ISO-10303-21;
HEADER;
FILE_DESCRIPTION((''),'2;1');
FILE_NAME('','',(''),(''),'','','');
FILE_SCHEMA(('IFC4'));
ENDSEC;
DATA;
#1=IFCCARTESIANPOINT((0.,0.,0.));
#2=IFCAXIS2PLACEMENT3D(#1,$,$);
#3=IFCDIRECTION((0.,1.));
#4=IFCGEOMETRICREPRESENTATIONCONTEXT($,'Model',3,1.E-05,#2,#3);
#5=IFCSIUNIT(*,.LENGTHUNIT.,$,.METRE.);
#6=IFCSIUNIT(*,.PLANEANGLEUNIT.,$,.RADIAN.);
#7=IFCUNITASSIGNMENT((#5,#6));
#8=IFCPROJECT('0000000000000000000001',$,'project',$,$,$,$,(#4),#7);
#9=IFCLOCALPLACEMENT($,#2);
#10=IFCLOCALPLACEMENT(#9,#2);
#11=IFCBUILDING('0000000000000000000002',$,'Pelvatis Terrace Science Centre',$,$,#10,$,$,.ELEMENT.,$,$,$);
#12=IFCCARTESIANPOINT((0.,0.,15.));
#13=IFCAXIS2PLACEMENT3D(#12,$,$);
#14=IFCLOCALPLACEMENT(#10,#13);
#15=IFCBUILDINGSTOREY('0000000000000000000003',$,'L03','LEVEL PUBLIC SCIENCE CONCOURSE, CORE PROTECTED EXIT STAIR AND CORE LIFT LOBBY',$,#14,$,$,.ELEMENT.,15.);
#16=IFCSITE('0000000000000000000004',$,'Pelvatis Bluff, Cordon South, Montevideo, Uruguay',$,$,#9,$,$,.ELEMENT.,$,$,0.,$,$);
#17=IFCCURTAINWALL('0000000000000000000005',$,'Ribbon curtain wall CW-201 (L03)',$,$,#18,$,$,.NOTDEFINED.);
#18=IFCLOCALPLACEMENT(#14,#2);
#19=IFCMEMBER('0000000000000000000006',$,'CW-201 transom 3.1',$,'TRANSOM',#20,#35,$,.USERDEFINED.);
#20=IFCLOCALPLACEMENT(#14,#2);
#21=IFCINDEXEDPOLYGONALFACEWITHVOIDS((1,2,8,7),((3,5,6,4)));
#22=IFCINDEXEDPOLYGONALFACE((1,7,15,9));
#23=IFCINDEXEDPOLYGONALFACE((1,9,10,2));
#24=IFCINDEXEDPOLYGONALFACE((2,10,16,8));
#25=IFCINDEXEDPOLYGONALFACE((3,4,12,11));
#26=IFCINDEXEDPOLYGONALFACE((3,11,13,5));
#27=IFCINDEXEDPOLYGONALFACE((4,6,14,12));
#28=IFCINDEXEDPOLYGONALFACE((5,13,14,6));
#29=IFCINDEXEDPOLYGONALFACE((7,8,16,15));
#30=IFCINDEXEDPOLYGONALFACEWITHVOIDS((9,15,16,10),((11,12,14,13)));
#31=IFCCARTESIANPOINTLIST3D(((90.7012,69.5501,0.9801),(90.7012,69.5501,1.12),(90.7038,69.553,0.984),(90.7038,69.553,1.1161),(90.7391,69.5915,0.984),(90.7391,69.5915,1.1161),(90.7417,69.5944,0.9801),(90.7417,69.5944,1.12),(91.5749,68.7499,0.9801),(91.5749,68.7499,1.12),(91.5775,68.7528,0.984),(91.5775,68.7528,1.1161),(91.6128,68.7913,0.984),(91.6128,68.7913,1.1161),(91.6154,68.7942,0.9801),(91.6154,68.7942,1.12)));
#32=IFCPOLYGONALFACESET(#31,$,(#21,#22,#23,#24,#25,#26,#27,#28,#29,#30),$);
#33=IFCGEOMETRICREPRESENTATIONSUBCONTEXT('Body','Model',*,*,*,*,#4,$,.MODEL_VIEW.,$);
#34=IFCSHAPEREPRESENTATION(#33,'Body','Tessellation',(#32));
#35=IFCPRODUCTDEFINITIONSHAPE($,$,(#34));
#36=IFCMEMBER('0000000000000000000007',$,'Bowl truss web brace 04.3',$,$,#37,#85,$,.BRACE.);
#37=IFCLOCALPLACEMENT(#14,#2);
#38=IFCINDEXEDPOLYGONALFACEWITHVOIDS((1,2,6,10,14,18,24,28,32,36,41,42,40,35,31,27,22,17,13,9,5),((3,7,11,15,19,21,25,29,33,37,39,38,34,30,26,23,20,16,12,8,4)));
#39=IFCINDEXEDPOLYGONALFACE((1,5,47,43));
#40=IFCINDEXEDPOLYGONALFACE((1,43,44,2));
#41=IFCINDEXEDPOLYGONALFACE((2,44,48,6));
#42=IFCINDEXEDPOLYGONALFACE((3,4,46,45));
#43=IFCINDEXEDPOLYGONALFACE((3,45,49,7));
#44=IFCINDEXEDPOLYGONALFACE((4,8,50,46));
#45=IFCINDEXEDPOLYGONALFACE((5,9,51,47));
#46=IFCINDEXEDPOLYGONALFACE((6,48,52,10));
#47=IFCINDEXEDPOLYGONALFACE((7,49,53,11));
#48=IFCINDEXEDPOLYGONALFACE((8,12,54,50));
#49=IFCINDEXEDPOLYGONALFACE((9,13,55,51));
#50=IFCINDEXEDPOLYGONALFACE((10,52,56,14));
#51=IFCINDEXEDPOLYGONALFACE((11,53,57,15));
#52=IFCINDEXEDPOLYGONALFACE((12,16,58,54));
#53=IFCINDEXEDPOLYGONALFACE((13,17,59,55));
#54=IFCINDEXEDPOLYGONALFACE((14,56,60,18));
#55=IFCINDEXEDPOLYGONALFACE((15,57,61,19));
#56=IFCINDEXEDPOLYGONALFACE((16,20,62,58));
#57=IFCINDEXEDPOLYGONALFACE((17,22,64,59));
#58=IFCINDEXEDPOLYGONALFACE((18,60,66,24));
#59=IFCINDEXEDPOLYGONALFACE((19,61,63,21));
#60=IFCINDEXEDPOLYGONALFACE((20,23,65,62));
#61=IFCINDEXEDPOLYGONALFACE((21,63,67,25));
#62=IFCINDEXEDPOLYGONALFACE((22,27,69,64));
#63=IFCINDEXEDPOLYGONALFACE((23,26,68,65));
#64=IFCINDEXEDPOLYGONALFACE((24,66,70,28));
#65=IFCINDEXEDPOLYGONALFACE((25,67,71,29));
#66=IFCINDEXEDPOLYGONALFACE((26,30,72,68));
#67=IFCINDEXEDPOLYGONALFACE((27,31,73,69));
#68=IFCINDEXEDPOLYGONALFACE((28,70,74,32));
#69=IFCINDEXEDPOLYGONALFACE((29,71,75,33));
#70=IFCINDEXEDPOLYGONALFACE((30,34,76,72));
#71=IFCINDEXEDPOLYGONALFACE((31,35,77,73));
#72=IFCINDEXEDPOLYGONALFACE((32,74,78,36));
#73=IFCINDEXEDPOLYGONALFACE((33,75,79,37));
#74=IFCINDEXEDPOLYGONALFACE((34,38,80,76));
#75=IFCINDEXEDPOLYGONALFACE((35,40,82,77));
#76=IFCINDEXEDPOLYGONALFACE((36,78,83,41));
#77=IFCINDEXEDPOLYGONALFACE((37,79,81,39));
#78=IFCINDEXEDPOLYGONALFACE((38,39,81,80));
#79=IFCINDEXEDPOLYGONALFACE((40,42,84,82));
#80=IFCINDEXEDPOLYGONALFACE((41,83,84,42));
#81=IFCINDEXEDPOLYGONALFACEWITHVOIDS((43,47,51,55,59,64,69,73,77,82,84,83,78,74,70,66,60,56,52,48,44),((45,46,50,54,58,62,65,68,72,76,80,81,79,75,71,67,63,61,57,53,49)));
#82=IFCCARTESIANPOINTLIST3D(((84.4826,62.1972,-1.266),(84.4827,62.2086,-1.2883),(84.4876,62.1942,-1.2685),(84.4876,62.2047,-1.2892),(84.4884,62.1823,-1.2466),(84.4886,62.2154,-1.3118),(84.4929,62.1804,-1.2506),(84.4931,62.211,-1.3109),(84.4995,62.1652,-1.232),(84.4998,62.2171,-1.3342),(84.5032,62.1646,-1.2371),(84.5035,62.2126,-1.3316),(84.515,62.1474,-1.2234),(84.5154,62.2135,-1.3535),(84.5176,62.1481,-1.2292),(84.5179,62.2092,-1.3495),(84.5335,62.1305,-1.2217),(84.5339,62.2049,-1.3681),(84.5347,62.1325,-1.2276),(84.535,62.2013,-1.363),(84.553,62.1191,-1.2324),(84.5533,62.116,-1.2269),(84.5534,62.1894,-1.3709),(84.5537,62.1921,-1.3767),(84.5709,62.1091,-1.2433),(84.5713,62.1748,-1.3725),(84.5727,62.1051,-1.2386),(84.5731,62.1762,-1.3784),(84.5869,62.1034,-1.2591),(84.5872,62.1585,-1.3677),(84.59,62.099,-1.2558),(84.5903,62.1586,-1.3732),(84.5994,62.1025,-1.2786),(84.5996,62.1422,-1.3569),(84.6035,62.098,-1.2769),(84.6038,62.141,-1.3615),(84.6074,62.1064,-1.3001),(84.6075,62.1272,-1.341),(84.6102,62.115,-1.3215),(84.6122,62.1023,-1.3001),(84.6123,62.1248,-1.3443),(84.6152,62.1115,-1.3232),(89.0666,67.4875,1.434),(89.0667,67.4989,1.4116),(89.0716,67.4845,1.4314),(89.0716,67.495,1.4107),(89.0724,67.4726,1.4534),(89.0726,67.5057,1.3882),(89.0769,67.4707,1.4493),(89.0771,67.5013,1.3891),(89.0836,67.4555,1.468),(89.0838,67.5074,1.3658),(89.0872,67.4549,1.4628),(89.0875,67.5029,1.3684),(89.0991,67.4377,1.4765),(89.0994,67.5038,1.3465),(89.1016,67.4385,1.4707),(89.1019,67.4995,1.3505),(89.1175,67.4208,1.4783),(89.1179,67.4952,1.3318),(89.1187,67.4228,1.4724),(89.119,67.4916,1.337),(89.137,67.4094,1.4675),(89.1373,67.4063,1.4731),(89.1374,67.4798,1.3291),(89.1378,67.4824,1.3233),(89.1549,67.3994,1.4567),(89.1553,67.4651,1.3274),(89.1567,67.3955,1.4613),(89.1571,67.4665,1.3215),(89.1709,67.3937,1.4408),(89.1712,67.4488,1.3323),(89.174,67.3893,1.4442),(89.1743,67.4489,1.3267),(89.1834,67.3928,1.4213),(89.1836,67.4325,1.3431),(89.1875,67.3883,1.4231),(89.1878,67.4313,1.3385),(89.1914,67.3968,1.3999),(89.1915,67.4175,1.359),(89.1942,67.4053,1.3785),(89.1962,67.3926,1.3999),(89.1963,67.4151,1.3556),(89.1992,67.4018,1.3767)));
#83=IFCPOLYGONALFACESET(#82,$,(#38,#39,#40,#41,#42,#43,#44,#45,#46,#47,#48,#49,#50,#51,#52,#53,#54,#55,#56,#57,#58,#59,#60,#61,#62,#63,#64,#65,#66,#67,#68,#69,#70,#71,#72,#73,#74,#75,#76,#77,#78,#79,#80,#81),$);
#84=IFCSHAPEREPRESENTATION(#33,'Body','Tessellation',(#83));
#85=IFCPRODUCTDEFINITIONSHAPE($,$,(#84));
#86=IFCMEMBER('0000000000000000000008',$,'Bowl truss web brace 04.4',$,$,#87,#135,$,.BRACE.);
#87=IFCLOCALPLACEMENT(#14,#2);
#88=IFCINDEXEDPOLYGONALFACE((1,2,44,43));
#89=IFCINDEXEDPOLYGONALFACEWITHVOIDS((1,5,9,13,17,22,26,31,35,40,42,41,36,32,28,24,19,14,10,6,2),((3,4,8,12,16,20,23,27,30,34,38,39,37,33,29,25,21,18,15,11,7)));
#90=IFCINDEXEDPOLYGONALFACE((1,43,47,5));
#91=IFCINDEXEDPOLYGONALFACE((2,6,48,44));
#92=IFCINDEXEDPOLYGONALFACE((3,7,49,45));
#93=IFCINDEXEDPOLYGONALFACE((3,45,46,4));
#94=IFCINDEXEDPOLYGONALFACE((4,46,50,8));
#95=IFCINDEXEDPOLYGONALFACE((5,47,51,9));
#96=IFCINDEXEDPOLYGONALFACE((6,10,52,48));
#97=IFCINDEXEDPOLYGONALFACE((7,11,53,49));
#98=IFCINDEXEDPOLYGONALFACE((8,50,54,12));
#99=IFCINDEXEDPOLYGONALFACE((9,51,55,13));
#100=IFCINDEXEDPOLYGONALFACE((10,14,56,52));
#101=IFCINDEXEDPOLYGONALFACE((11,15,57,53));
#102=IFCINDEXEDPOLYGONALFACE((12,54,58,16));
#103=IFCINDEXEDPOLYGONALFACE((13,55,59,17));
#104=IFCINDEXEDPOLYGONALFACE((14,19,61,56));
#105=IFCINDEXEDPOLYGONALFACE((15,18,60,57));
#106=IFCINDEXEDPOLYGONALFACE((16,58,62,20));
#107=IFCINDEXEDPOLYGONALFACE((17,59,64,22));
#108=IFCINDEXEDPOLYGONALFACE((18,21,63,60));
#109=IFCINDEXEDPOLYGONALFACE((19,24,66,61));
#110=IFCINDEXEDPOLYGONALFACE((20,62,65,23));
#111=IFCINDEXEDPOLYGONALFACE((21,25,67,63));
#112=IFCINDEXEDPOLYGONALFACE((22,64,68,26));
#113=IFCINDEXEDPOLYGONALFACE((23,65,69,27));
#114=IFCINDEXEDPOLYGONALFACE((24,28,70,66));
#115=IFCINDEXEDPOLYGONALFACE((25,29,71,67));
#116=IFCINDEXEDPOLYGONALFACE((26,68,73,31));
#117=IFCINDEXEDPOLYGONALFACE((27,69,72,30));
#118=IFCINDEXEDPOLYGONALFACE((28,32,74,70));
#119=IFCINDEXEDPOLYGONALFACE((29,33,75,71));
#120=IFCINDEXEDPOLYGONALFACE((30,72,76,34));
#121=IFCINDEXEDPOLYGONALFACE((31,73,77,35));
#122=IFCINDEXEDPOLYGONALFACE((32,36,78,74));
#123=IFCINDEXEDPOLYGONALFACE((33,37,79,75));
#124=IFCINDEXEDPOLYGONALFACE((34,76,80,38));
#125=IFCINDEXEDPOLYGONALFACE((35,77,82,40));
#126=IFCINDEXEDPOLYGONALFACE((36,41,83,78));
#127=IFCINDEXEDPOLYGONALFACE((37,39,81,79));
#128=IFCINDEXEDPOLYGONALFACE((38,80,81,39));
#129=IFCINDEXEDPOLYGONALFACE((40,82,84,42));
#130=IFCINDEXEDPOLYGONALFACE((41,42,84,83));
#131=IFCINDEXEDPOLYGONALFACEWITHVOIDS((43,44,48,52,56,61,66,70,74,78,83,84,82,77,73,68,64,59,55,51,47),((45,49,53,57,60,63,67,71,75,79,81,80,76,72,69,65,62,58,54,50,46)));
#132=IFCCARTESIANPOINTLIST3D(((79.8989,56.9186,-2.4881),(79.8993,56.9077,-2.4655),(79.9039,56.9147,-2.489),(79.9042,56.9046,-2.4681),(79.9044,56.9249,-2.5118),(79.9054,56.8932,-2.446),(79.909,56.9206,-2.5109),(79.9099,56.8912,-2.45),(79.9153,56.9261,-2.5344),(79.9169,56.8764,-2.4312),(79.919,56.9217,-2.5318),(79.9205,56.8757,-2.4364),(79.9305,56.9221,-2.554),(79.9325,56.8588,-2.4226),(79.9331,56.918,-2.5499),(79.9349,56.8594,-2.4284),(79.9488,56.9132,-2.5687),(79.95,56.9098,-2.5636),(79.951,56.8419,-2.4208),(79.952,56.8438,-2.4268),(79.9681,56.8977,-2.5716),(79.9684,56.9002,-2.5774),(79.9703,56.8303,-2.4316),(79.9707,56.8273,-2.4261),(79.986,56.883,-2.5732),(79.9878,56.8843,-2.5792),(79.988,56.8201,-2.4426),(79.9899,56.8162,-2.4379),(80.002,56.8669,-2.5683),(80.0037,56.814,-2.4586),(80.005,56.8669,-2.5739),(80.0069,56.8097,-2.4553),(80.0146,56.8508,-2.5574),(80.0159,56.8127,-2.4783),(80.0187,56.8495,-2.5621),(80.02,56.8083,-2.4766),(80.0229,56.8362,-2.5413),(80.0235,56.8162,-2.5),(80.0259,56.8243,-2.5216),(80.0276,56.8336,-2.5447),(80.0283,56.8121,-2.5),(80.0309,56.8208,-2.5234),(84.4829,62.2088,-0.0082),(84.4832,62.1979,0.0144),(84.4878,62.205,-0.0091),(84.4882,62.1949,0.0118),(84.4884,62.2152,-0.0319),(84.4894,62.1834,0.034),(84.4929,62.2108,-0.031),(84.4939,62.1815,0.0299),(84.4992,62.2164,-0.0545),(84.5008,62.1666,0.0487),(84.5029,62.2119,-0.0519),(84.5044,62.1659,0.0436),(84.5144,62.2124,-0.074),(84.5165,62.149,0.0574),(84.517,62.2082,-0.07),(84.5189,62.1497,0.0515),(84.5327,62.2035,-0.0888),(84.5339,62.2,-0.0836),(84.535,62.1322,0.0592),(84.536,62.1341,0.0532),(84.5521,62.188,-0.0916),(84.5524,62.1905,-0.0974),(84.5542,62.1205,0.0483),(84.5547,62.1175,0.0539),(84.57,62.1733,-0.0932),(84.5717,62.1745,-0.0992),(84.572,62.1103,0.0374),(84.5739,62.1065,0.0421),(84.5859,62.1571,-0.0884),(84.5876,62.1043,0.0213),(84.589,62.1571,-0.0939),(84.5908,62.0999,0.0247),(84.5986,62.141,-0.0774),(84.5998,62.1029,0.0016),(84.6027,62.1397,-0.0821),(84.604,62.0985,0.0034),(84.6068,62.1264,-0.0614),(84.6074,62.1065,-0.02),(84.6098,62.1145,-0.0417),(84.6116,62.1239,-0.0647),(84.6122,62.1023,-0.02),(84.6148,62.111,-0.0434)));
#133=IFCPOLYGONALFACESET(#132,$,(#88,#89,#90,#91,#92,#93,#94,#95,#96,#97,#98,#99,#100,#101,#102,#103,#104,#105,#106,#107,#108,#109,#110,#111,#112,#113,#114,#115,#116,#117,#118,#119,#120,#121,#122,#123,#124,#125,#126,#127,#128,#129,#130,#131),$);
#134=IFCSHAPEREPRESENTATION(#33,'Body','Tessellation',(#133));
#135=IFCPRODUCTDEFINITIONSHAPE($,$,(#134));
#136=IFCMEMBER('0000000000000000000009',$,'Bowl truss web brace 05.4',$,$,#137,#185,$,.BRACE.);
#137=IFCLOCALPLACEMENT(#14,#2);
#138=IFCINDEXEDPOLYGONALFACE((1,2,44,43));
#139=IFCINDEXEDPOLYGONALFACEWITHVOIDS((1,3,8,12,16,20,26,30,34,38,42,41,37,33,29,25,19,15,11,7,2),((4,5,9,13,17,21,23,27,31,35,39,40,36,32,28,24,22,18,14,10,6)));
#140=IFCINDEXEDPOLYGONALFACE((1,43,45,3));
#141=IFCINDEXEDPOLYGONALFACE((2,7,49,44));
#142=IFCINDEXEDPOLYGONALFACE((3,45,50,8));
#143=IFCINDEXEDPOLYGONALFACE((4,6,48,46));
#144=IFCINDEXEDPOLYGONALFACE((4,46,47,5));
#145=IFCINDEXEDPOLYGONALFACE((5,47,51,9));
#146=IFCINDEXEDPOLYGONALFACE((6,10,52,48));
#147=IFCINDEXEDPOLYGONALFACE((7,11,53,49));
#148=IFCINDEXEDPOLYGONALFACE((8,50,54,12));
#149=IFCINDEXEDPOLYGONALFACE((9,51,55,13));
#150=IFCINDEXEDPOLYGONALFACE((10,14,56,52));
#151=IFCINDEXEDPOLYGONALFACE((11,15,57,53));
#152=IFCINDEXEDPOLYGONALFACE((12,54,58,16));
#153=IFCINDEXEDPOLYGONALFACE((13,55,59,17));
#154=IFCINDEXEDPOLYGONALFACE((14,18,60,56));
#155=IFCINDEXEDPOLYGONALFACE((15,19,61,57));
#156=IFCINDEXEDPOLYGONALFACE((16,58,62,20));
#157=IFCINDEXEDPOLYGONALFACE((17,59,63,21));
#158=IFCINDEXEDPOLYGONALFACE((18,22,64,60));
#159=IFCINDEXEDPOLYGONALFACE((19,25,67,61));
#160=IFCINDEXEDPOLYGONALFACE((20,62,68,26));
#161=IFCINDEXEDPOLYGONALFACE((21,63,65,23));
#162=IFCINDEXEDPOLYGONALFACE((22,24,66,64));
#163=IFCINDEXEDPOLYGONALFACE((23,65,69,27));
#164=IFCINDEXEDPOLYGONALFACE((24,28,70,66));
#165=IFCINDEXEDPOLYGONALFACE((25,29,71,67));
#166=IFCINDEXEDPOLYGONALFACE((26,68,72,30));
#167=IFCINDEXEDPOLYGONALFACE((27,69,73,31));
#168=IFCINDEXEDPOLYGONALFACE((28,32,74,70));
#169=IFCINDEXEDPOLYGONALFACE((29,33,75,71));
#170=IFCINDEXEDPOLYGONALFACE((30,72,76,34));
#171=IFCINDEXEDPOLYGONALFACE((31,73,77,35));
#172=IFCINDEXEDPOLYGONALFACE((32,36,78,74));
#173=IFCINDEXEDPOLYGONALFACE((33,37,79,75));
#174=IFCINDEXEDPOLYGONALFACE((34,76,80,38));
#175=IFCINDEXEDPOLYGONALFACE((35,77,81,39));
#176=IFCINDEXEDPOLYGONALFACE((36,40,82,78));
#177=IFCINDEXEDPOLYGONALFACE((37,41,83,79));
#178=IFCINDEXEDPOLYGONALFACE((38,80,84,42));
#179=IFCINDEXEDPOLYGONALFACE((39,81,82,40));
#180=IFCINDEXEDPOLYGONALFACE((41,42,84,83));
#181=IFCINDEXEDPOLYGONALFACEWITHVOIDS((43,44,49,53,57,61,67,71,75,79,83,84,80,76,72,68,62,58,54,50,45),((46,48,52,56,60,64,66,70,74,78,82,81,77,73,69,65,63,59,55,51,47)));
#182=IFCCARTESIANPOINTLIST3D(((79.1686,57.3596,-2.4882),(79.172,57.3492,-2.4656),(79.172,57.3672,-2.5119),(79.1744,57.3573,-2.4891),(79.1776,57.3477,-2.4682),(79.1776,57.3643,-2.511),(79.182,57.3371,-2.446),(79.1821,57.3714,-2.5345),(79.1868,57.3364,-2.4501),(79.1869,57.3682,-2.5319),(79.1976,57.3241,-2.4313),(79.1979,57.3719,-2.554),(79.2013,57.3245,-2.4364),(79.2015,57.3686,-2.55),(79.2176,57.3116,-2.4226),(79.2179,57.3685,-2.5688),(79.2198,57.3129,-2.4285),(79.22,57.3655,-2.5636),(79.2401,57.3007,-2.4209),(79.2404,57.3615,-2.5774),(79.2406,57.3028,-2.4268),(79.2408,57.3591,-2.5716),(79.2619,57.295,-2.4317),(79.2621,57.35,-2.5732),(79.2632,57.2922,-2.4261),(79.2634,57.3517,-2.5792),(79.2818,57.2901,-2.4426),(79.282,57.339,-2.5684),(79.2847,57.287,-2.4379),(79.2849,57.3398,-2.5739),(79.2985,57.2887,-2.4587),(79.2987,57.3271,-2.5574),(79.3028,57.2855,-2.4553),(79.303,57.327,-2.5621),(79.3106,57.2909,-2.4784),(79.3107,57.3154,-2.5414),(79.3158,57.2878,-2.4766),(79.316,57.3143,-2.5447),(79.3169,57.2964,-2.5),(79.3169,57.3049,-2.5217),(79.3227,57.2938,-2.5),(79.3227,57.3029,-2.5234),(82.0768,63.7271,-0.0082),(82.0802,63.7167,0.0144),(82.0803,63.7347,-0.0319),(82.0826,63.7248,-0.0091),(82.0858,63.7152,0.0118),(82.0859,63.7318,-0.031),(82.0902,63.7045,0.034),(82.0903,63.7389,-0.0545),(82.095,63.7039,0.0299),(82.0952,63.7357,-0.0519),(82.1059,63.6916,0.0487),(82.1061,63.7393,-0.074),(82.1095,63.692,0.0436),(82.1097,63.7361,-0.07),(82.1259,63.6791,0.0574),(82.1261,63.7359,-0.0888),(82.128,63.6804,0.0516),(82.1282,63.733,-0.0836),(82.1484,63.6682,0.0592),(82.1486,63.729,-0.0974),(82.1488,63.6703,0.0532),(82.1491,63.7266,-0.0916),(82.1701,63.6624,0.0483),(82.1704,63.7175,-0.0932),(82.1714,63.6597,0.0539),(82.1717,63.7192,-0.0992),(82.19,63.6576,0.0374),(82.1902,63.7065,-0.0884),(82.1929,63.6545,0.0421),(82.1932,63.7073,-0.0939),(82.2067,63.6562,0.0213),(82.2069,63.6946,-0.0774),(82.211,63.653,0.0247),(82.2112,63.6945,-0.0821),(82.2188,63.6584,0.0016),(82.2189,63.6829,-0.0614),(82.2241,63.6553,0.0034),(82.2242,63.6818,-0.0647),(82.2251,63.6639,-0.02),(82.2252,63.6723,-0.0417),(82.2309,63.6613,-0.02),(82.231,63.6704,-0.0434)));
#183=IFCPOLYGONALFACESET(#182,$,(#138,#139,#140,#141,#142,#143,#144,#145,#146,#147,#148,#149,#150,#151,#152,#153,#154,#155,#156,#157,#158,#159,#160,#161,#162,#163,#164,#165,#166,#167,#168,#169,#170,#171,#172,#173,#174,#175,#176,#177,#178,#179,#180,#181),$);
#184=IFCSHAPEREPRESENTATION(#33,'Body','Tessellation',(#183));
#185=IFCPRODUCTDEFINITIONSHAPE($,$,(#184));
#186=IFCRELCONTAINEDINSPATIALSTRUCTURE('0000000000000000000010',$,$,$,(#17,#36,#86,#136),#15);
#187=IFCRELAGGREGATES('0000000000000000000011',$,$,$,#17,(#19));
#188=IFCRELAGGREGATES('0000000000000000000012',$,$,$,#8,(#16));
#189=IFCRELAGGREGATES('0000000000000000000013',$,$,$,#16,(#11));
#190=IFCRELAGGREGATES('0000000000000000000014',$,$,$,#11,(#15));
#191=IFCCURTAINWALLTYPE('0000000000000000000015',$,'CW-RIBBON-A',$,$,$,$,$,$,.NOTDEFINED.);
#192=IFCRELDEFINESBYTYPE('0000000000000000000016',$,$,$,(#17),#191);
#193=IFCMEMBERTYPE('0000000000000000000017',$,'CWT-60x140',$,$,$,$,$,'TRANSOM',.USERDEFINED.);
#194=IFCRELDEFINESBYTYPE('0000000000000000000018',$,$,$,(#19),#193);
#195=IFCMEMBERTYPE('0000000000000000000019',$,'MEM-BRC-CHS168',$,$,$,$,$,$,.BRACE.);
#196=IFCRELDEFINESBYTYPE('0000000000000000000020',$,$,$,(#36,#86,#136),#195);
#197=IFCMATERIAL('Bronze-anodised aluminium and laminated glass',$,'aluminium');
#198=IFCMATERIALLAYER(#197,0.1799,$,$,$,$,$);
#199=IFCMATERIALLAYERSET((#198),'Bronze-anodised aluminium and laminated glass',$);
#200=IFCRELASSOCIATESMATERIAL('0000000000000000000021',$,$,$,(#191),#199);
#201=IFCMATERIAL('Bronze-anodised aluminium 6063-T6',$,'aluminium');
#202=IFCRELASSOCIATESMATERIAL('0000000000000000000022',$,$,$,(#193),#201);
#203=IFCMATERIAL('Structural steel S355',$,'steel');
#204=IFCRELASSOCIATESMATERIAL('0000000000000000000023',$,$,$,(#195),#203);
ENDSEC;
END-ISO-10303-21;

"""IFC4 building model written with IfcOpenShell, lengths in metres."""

from ifc_helpers import new_model, si_unit, direction, frame, origin, origin_2d, place, context, subcontext, project, spatial, hollow_rectangle, hollow_circle, extrude, material, layer, layer_set, material_profile, profile_set, type_object, element, aggregate, save


model = new_model("IFC4")

# Units and contexts
model_context = context("Model", 3, precision=1e-05, world=origin(), true_north=direction((0.0, 1.0)))
body_context = subcontext(model_context, "Body", "Model", "MODEL_VIEW")
ifc_project = project(units=[si_unit("LENGTHUNIT", "METRE"), si_unit("PLANEANGLEUNIT", "RADIAN")], contexts=[model_context])

# Site, building, storey
site_placement = place(None, origin())
site = spatial("IfcSite", under=ifc_project, at=site_placement, Name="Pelvatis Bluff, Cordon South, Montevideo, Uruguay", CompositionType="ELEMENT", RefElevation=0.0)
building_placement = place(site_placement, origin())
building = spatial("IfcBuilding", under=site, at=building_placement, Name="Pelvatis Terrace Science Centre", CompositionType="ELEMENT")
storey_placement = place(building_placement, frame((0.0, 0.0, 15.0)))
storey = spatial("IfcBuildingStorey", under=building, at=storey_placement, Name="L03", Description="LEVEL PUBLIC SCIENCE CONCOURSE, CORE PROTECTED EXIT STAIR AND CORE LIFT LOBBY", CompositionType="ELEMENT", Elevation=15.0)

# Curtain wall, member
ifc_material_1 = material(Name="Bronze-anodised aluminium and laminated glass", Category="aluminium")
ifc_layer_1 = layer(ifc_material_1, 0.1799)
ifc_layer_set_1 = layer_set([ifc_layer_1], Name="Bronze-anodised aluminium and laminated glass")
curtain_wall_type = type_object("IfcCurtainWallType", Name="CW-RIBBON-A", PredefinedType="NOTDEFINED", material=ifc_layer_set_1)
curtain_wall_placement = place(storey_placement, origin())
curtain_wall = element("IfcCurtainWall", 1, at=curtain_wall_placement, inside=storey, type_object=curtain_wall_type, Name="Ribbon curtain wall CW-201 (L03)", PredefinedType="NOTDEFINED")
ifc_material_2 = material(Name="Bronze-anodised aluminium 6063-T6", Category="aluminium")
ifc_material_profile_1 = material_profile(ifc_material_2, hollow_rectangle(XDim=0.0601, YDim=0.1399, WallThickness=0.0039, at=origin_2d()), Name="ALU-TRN 60x140")
ifc_profile_set_1 = profile_set([ifc_material_profile_1], Name="Bronze-anodised aluminium 6063-T6")
member_type_1 = type_object("IfcMemberType", Name="CWT-60x140", ElementType="TRANSOM", PredefinedType="USERDEFINED", material=ifc_profile_set_1)
member_1_placement = place(storey_placement, frame((90.7214, 69.5723, 1.05), z_axis=(0.737436, -0.675417, 0.0), x_axis=(0.675417, 0.737436, 0.0)))
member_1 = element("IfcMember", 2, at=member_1_placement, type_object=member_type_1, Name="CW-201 transom 3.1", ObjectType="TRANSOM", PredefinedType="USERDEFINED", context=body_context, shape_type="SweptSolid", body=[
    extrude(hollow_rectangle(XDim=0.0601, YDim=0.1399, WallThickness=0.0039, at=origin_2d()), origin(), (0.0, 0.0, 1.0), 1.1848),
])

# Members
ifc_material_3 = material(Name="Structural steel S355", Category="steel")
ifc_material_profile_2 = material_profile(ifc_material_3, hollow_circle(Radius=0.0842, WallThickness=0.0063, at=origin_2d()), Name="CHS 168.3x6.3")
ifc_profile_set_2 = profile_set([ifc_material_profile_2], Name="Structural steel S355")
member_type_2 = type_object("IfcMemberType", Name="MEM-BRC-CHS168", PredefinedType="BRACE", material=ifc_profile_set_2)
member_2_placement = place(storey_placement, frame((89.1326, 67.4478, 1.3999), z_axis=(-0.610982, -0.705122, -0.359866), x_axis=(0.755755, -0.654855, 0.0)))
element("IfcMember", 3, at=member_2_placement, inside=storey, type_object=member_type_2, Name="Bowl truss web brace 04.3", PredefinedType="BRACE", context=body_context, shape_type="SweptSolid", body=[
    extrude(hollow_circle(Radius=0.0842, WallThickness=0.0063, at=origin_2d()), origin(), (0.0, 0.0, 1.0), 7.5027),
])
member_3_placement = place(storey_placement, frame((84.5486, 62.1575, -0.02), z_axis=(-0.617261, -0.712369, -0.333944), x_axis=(0.755755, -0.654855, 0.0)))
element("IfcMember", 4, at=member_3_placement, inside=storey, type_object=member_type_2, Name="Bowl truss web brace 04.4", PredefinedType="BRACE", context=body_context, shape_type="SweptSolid", body=[
    extrude(hollow_circle(Radius=0.0842, WallThickness=0.0063, at=origin_2d()), origin(), (0.0, 0.0, 1.0), 7.4263),
])
member_4_placement = place(storey_placement, frame((82.1543, 63.6963, -0.02), z_axis=(-0.391601, -0.857399, -0.333939), x_axis=(0.909616, -0.41545, 0.0)))
element("IfcMember", 5, at=member_4_placement, inside=storey, type_object=member_type_2, Name="Bowl truss web brace 05.4", PredefinedType="BRACE", context=body_context, shape_type="SweptSolid", body=[
    extrude(hollow_circle(Radius=0.0842, WallThickness=0.0063, at=origin_2d()), origin(), (0.0, 0.0, 1.0), 7.4265),
])

aggregate(curtain_wall, [member_1])

save(model, "model.ifc")
